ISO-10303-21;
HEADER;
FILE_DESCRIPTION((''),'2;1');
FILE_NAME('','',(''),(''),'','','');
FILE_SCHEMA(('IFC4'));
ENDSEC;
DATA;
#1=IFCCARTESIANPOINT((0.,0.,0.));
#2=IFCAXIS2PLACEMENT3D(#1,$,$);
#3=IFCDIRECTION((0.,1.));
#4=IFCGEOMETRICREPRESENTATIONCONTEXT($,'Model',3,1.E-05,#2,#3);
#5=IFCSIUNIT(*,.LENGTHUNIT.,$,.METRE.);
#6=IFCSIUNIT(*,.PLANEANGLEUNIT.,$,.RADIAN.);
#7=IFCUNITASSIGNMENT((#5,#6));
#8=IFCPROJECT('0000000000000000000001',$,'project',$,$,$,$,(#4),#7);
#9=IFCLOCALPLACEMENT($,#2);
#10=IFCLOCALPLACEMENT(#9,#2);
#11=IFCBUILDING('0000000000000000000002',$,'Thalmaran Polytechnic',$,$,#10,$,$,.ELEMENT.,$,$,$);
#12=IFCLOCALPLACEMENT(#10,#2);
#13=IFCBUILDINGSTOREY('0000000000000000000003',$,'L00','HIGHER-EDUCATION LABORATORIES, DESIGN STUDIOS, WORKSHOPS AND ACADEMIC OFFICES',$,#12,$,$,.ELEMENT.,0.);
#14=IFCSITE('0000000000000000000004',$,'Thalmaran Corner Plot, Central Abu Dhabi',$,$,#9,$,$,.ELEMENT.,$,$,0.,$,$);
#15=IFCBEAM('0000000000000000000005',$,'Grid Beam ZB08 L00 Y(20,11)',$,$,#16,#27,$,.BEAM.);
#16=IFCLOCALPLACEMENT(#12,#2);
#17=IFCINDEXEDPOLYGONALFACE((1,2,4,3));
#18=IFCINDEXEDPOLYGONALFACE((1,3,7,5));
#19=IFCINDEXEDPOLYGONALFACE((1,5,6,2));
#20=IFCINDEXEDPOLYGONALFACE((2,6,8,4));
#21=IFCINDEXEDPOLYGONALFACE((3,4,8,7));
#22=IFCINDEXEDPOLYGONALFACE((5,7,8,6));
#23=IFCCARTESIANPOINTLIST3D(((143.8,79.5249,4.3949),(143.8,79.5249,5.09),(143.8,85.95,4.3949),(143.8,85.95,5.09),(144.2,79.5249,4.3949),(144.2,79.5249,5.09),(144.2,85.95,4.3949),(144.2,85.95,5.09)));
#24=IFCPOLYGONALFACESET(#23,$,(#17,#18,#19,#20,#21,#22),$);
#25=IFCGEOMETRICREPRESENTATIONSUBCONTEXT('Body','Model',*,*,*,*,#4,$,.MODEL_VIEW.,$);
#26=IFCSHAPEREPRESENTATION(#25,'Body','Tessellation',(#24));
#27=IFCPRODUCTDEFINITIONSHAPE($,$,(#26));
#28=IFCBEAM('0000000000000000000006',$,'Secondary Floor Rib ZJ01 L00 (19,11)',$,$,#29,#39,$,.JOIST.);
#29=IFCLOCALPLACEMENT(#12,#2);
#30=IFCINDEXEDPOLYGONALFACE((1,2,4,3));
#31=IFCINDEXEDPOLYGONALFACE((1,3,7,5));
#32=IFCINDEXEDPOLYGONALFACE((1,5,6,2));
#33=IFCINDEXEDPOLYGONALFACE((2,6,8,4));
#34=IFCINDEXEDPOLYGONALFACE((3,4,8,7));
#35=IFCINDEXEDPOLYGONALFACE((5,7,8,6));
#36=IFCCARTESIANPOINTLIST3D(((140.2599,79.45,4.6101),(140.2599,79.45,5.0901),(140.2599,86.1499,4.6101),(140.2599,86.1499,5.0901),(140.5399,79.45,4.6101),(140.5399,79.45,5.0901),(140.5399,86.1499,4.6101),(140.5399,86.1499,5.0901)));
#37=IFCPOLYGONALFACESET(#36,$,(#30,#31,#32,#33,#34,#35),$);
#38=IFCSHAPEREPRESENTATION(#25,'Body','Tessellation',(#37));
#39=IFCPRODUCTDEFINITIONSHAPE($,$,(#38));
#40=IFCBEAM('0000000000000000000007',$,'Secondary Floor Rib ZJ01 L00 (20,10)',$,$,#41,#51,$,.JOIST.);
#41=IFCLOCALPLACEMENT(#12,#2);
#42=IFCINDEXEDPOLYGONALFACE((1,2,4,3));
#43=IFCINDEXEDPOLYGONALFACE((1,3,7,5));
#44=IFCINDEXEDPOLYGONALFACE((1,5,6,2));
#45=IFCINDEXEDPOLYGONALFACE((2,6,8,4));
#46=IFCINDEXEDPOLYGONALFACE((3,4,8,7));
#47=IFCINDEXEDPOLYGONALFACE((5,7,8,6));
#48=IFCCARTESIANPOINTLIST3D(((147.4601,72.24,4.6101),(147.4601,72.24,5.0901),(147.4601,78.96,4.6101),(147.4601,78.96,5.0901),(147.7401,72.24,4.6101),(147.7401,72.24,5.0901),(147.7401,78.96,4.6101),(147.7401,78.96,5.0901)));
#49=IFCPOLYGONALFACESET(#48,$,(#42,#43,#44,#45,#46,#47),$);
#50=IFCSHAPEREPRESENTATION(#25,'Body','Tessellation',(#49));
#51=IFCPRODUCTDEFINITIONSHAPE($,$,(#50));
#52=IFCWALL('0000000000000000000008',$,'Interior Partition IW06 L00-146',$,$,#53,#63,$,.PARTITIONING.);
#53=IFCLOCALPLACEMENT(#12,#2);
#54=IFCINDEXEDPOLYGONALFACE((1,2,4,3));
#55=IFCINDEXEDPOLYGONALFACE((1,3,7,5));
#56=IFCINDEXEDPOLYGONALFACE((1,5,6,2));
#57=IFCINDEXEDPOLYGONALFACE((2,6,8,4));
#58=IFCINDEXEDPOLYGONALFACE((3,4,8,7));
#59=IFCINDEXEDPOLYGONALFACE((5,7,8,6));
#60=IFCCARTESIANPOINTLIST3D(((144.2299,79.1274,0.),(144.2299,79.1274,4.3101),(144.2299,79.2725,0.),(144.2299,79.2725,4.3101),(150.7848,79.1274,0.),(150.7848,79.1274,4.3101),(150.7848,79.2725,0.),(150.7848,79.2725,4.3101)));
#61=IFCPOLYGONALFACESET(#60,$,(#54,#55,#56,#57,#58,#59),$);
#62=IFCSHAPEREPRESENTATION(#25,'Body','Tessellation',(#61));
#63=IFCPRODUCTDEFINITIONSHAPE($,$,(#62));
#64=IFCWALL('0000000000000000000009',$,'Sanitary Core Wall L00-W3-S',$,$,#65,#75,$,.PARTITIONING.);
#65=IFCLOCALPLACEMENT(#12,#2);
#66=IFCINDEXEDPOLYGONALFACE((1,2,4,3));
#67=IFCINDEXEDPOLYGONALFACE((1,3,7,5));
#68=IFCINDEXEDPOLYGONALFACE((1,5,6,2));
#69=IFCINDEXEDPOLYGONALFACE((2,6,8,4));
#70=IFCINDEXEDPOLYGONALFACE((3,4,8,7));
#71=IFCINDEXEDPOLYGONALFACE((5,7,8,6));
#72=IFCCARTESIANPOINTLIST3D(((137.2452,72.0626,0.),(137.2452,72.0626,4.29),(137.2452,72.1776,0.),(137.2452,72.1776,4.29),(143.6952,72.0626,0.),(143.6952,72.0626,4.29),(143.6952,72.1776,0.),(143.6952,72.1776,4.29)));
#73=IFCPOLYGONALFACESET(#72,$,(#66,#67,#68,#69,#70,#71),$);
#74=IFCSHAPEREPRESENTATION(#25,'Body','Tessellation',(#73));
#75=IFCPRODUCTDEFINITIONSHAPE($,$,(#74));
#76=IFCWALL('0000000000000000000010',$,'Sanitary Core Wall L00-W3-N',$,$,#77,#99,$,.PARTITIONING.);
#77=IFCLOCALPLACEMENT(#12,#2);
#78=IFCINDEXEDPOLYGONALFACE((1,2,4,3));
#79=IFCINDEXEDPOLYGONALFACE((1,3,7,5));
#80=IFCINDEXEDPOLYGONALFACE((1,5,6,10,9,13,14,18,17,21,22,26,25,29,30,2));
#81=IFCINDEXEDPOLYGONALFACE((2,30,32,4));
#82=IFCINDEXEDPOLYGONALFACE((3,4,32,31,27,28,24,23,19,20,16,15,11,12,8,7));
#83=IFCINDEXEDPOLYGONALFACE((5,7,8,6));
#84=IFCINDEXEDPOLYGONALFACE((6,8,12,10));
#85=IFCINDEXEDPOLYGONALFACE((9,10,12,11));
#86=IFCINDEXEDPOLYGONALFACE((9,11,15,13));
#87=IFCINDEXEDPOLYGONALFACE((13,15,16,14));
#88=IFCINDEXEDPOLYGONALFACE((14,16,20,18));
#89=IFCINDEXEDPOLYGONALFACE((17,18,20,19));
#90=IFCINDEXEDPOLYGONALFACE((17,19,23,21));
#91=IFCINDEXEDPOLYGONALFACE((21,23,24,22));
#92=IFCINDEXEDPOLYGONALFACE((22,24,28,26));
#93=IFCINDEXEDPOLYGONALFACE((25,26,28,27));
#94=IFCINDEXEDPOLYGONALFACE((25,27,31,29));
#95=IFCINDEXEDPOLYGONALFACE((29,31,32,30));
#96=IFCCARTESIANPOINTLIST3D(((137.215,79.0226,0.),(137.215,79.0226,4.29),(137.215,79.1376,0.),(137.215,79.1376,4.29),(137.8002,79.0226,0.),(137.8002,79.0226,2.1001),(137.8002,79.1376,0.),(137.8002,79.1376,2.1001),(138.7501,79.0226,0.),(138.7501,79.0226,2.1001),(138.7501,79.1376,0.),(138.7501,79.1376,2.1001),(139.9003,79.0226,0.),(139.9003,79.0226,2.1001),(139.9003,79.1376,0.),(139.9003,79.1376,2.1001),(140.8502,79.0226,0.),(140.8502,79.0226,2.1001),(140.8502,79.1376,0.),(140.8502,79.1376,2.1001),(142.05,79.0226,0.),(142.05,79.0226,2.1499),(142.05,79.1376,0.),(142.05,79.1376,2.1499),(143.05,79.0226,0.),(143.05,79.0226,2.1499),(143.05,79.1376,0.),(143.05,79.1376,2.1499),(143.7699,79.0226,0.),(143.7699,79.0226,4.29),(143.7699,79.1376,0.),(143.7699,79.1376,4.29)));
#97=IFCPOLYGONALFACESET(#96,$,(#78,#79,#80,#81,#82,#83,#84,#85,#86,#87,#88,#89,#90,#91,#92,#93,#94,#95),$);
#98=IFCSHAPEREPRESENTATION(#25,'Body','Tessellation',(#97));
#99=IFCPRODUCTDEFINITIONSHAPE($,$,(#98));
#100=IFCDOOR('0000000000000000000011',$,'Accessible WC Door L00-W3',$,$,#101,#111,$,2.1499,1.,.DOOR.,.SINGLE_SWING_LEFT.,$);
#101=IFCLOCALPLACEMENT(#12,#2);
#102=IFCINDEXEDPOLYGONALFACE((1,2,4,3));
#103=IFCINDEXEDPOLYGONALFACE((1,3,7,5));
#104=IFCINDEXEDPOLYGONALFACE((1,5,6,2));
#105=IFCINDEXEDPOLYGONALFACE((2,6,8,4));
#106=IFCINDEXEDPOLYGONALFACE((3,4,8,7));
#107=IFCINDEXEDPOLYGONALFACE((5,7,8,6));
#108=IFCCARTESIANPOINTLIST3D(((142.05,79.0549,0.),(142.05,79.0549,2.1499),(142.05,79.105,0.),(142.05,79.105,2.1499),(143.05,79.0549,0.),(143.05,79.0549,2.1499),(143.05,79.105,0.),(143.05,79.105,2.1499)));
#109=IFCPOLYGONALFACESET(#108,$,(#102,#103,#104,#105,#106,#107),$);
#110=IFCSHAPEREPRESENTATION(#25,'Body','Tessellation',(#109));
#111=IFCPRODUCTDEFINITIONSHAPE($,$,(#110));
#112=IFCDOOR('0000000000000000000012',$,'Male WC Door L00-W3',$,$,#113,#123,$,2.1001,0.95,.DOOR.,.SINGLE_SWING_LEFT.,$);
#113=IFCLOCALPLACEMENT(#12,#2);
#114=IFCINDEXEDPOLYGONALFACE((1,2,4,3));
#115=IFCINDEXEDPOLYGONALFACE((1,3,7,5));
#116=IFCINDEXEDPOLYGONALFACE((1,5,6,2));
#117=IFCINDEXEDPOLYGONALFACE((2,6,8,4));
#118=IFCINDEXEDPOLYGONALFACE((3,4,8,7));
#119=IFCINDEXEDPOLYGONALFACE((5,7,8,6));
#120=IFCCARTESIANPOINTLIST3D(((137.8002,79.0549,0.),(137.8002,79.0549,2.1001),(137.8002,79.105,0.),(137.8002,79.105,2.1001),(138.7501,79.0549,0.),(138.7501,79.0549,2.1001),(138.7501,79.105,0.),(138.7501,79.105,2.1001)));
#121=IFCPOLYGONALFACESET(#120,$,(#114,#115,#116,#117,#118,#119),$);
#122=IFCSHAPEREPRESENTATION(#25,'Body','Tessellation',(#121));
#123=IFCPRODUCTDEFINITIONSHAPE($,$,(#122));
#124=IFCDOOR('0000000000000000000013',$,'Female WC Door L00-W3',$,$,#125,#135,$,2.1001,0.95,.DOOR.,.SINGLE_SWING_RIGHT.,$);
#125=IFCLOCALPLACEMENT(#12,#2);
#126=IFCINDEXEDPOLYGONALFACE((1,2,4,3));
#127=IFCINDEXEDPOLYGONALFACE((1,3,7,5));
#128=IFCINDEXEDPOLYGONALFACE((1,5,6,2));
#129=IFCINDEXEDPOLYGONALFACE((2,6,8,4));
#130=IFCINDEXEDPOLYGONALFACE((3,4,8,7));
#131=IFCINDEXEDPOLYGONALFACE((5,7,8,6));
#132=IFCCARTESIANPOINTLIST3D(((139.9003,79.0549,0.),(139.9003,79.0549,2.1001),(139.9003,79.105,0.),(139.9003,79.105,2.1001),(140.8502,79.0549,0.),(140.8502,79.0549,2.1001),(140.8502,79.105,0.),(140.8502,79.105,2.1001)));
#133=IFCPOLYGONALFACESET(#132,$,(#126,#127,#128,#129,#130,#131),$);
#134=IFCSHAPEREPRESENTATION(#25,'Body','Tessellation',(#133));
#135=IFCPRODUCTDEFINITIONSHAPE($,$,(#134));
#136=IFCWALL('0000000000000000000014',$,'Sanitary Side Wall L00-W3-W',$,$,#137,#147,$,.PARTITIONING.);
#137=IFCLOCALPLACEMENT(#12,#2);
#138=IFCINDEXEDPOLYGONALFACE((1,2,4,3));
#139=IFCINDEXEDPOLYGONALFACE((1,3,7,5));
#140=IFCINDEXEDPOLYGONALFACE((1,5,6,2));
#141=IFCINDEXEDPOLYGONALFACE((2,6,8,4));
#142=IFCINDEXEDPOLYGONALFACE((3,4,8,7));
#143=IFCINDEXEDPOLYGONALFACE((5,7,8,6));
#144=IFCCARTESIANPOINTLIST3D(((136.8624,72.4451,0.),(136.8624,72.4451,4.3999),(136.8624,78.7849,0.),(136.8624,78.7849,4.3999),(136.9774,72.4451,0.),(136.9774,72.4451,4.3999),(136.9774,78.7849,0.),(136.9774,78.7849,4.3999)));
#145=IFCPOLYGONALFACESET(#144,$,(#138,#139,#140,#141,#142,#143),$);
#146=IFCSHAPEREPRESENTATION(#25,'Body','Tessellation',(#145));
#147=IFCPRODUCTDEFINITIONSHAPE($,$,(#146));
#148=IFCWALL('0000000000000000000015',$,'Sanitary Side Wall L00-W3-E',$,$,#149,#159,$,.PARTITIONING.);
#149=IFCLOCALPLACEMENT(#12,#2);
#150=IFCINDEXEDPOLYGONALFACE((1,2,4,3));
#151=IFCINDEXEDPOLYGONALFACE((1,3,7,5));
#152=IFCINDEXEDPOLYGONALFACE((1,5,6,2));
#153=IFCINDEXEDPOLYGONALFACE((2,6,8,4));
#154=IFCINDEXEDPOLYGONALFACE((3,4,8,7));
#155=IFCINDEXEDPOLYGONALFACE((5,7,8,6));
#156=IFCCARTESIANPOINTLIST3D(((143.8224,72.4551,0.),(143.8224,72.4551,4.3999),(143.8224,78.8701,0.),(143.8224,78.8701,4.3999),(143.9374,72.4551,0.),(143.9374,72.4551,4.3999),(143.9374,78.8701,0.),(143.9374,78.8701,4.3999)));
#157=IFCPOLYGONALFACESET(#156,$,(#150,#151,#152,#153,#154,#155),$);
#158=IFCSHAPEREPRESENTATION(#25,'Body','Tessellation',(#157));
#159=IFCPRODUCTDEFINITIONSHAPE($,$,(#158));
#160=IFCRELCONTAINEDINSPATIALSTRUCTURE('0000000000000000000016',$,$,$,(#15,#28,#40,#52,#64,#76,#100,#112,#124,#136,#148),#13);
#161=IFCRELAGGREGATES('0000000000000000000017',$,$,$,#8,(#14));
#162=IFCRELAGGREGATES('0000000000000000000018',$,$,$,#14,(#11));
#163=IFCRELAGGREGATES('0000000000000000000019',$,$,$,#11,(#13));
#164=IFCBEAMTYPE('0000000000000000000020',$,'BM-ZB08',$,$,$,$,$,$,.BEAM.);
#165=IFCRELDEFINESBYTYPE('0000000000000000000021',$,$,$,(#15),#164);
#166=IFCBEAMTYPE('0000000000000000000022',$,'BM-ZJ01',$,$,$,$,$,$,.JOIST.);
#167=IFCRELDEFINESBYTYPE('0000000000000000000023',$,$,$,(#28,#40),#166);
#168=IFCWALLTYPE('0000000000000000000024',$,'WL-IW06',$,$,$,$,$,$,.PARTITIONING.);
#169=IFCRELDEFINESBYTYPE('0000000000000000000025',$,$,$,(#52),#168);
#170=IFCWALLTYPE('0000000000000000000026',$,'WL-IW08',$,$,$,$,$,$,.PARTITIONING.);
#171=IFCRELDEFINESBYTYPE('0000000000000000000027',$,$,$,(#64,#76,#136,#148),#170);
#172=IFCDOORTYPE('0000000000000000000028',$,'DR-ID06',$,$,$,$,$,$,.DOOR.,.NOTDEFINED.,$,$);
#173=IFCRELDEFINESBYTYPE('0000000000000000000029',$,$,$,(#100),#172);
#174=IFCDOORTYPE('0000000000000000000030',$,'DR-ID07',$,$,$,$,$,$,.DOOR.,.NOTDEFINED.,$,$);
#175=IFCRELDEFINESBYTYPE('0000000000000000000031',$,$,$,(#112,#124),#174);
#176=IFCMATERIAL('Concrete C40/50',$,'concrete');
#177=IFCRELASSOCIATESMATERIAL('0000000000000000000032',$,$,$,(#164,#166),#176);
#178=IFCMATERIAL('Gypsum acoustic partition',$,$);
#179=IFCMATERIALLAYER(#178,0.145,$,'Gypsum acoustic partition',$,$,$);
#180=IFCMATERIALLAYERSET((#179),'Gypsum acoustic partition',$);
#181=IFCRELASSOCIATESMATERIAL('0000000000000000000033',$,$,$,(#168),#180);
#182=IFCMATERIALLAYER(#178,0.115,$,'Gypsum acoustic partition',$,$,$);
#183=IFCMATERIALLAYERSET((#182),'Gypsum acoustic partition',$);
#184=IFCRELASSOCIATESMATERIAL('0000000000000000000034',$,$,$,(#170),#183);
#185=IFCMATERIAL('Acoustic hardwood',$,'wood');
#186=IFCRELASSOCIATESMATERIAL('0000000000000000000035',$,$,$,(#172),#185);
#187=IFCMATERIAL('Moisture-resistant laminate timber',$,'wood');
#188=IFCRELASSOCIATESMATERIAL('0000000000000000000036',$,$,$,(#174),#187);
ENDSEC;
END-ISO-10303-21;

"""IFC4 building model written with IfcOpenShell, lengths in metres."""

from ifc_helpers import new_model, si_unit, direction, frame, frame_2d, origin, origin_2d, place, context, subcontext, project, spatial, rectangle, extrude, material, layer, layer_set, material_profile, profile_set, type_object, element, fill, save


model = new_model("IFC4")

# Units and contexts
model_context = context("Model", 3, precision=1e-05, world=origin(), true_north=direction((0.0, 1.0)))
body_context = subcontext(model_context, "Body", "Model", "MODEL_VIEW")
ifc_project = project(units=[si_unit("LENGTHUNIT", "METRE"), si_unit("PLANEANGLEUNIT", "RADIAN")], contexts=[model_context])

# Site, building, storey
site_placement = place(None, origin())
site = spatial("IfcSite", under=ifc_project, at=site_placement, Name="Thalmaran Corner Plot, Central Abu Dhabi", CompositionType="ELEMENT", RefElevation=0.0)
building_placement = place(site_placement, origin())
building = spatial("IfcBuilding", under=site, at=building_placement, Name="Thalmaran Polytechnic", CompositionType="ELEMENT")
storey_placement = place(building_placement, origin())
storey = spatial("IfcBuildingStorey", under=building, at=storey_placement, Name="L00", Description="HIGHER-EDUCATION LABORATORIES, DESIGN STUDIOS, WORKSHOPS AND ACADEMIC OFFICES", CompositionType="ELEMENT", Elevation=0.0)

# Shared definitions
ifc_material_1 = material(Name="Concrete C40/50", Category="concrete")

# Beams
ifc_material_profile_1 = material_profile(ifc_material_1, rectangle(XDim=0.3999, YDim=0.6951, at=origin_2d()), Name="RC 400x695")
ifc_profile_set_1 = profile_set([ifc_material_profile_1], Name="Concrete C40/50")
beam_type_1 = type_object("IfcBeamType", Name="BM-ZB08", PredefinedType="BEAM", material=ifc_profile_set_1)
beam_1_placement = place(storey_placement, frame((144.0, 79.5249, 4.7424), z_axis=(0.0, 1.0, 0.0), x_axis=(-1.0, 0.0, 0.0)))
element("IfcBeam", 1, at=beam_1_placement, inside=storey, type_object=beam_type_1, Name="Grid Beam ZB08 L00 Y(20,11)", PredefinedType="BEAM", context=body_context, shape_type="SweptSolid", body=[
    extrude(rectangle(XDim=0.3999, YDim=0.6951, at=origin_2d()), origin(), (0.0, 0.0, 1.0), 6.425),
])
ifc_material_profile_2 = material_profile(ifc_material_1, rectangle(XDim=0.28, YDim=0.48, at=origin_2d()), Name="RC 280x480")
ifc_profile_set_2 = profile_set([ifc_material_profile_2], Name="Concrete C40/50")
beam_type_2 = type_object("IfcBeamType", Name="BM-ZJ01", PredefinedType="JOIST", material=ifc_profile_set_2)
beam_2_placement = place(storey_placement, frame((140.3999, 79.45, 4.8501), z_axis=(0.0, 1.0, 0.0), x_axis=(-1.0, 0.0, 0.0)))
element("IfcBeam", 2, at=beam_2_placement, inside=storey, type_object=beam_type_2, Name="Secondary Floor Rib ZJ01 L00 (19,11)", PredefinedType="JOIST", context=body_context, shape_type="SweptSolid", body=[
    extrude(rectangle(XDim=0.28, YDim=0.48, at=origin_2d()), origin(), (0.0, 0.0, 1.0), 6.7),
])
beam_3_placement = place(storey_placement, frame((147.6001, 72.24, 4.8501), z_axis=(0.0, 1.0, 0.0), x_axis=(-1.0, 0.0, 0.0)))
element("IfcBeam", 3, at=beam_3_placement, inside=storey, type_object=beam_type_2, Name="Secondary Floor Rib ZJ01 L00 (20,10)", PredefinedType="JOIST", context=body_context, shape_type="SweptSolid", body=[
    extrude(rectangle(XDim=0.28, YDim=0.48, at=origin_2d()), origin(), (0.0, 0.0, 1.0), 6.72),
])

# Walls
ifc_material_2 = material(Name="Gypsum acoustic partition")
ifc_layer_1 = layer(ifc_material_2, 0.145, Name="Gypsum acoustic partition")
ifc_layer_set_1 = layer_set([ifc_layer_1], Name="Gypsum acoustic partition")
wall_type_1 = type_object("IfcWallType", Name="WL-IW06", PredefinedType="PARTITIONING", material=ifc_layer_set_1)
wall_1_placement = place(storey_placement, frame((144.23, 79.2, 0.0), z_axis=(0.0, 0.0, 1.0), x_axis=(1.0, 0.0, 0.0)))
element("IfcWall", 4, at=wall_1_placement, inside=storey, type_object=wall_type_1, Name="Interior Partition IW06 L00-146", PredefinedType="PARTITIONING", context=body_context, shape_type="SweptSolid", body=[
    extrude(rectangle(XDim=6.5549, YDim=0.145, at=frame_2d((3.2773, 0.0))), origin(), (0.0, 0.0, 1.0), 4.3101),
])
ifc_layer_2 = layer(ifc_material_2, 0.115, Name="Gypsum acoustic partition")
ifc_layer_set_2 = layer_set([ifc_layer_2], Name="Gypsum acoustic partition")
wall_type_2 = type_object("IfcWallType", Name="WL-IW08", PredefinedType="PARTITIONING", material=ifc_layer_set_2)
wall_2_placement = place(storey_placement, frame((137.2451, 72.1201, 0.0), z_axis=(0.0, 0.0, 1.0), x_axis=(1.0, 0.0, 0.0)))
element("IfcWall", 5, at=wall_2_placement, inside=storey, type_object=wall_type_2, Name="Sanitary Core Wall L00-W3-S", PredefinedType="PARTITIONING", context=body_context, shape_type="SweptSolid", body=[
    extrude(rectangle(XDim=6.45, YDim=0.115, at=frame_2d((3.2251, 0.0))), origin(), (0.0, 0.0, 1.0), 4.29),
])

# Wall, openings, doors
wall_3_placement = place(storey_placement, frame((137.2151, 79.0801, 0.0), z_axis=(0.0, 0.0, 1.0), x_axis=(1.0, 0.0, 0.0)))
wall_3 = element("IfcWall", 6, at=wall_3_placement, inside=storey, type_object=wall_type_2, Name="Sanitary Core Wall L00-W3-N", PredefinedType="PARTITIONING", context=body_context, shape_type="SweptSolid", body=[
    extrude(rectangle(XDim=6.5549, YDim=0.115, at=frame_2d((3.2773, 0.0))), origin(), (0.0, 0.0, 1.0), 4.29),
])
opening_1_placement = place(wall_3_placement, frame((0.585, 0.0, 0.0)))
opening_1 = element("IfcOpeningElement", 7, at=opening_1_placement, cuts=wall_3, PredefinedType="OPENING", context=body_context, shape_type="SweptSolid", body=[
    extrude(rectangle(XDim=0.95, YDim=2.1001, at=frame_2d((0.4751, 1.05))), frame((0.0, 0.0674, 0.0), z_axis=(0.0, -1.0, 0.0), x_axis=(1.0, 0.0, 0.0)), (0.0, 0.0, 1.0), 0.135),
])
opening_2_placement = place(wall_3_placement, frame((2.6851, 0.0, 0.0)))
opening_2 = element("IfcOpeningElement", 8, at=opening_2_placement, cuts=wall_3, PredefinedType="OPENING", context=body_context, shape_type="SweptSolid", body=[
    extrude(rectangle(XDim=0.95, YDim=2.1001, at=frame_2d((0.4751, 1.05))), frame((0.0, 0.0674, 0.0), z_axis=(0.0, -1.0, 0.0), x_axis=(1.0, 0.0, 0.0)), (0.0, 0.0, 1.0), 0.135),
])
opening_3_placement = place(wall_3_placement, frame((4.835, 0.0, 0.0)))
opening_3 = element("IfcOpeningElement", 9, at=opening_3_placement, cuts=wall_3, PredefinedType="OPENING", context=body_context, shape_type="SweptSolid", body=[
    extrude(rectangle(XDim=1.0, YDim=2.1499, at=frame_2d((0.5, 1.075))), frame((0.0, 0.0674, 0.0), z_axis=(0.0, -1.0, 0.0), x_axis=(1.0, 0.0, 0.0)), (0.0, 0.0, 1.0), 0.135),
])
ifc_material_3 = material(Name="Acoustic hardwood", Category="wood")
door_type_1 = type_object("IfcDoorType", Name="DR-ID06", OperationType="NOTDEFINED", PredefinedType="DOOR", material=ifc_material_3)
door_1_placement = place(opening_3_placement, origin())
door_1 = element("IfcDoor", 10, at=door_1_placement, inside=storey, type_object=door_type_1, Name="Accessible WC Door L00-W3", OperationType="SINGLE_SWING_LEFT", OverallHeight=2.1499, OverallWidth=1.0, PredefinedType="DOOR", context=body_context, shape_type="SweptSolid", body=[
    extrude(rectangle(XDim=1.0, YDim=2.1499, at=frame_2d((0.5, 1.075))), frame((0.0, 0.0249, 0.0), z_axis=(0.0, -1.0, 0.0), x_axis=(1.0, 0.0, 0.0)), (0.0, 0.0, 1.0), 0.05),
])
fill(opening_3, door_1)
ifc_material_4 = material(Name="Moisture-resistant laminate timber", Category="wood")
door_type_2 = type_object("IfcDoorType", Name="DR-ID07", OperationType="NOTDEFINED", PredefinedType="DOOR", material=ifc_material_4)
door_2_placement = place(opening_1_placement, origin())
door_2 = element("IfcDoor", 11, at=door_2_placement, inside=storey, type_object=door_type_2, Name="Male WC Door L00-W3", OperationType="SINGLE_SWING_LEFT", OverallHeight=2.1001, OverallWidth=0.95, PredefinedType="DOOR", context=body_context, shape_type="SweptSolid", body=[
    extrude(rectangle(XDim=0.95, YDim=2.1001, at=frame_2d((0.4751, 1.05))), frame((0.0, 0.0249, 0.0), z_axis=(0.0, -1.0, 0.0), x_axis=(1.0, 0.0, 0.0)), (0.0, 0.0, 1.0), 0.05),
])
fill(opening_1, door_2)
door_3_placement = place(opening_2_placement, origin())
door_3 = element("IfcDoor", 12, at=door_3_placement, inside=storey, type_object=door_type_2, Name="Female WC Door L00-W3", OperationType="SINGLE_SWING_RIGHT", OverallHeight=2.1001, OverallWidth=0.95, PredefinedType="DOOR", context=body_context, shape_type="SweptSolid", body=[
    extrude(rectangle(XDim=0.95, YDim=2.1001, at=frame_2d((0.4751, 1.05))), frame((0.0, 0.0249, 0.0), z_axis=(0.0, -1.0, 0.0), x_axis=(1.0, 0.0, 0.0)), (0.0, 0.0, 1.0), 0.05),
])
fill(opening_2, door_3)

# Walls
wall_4_placement = place(storey_placement, frame((136.9199, 72.4451, 0.0), z_axis=(0.0, 0.0, 1.0), x_axis=(0.0, 1.0, 0.0)))
element("IfcWall", 13, at=wall_4_placement, inside=storey, type_object=wall_type_2, Name="Sanitary Side Wall L00-W3-W", PredefinedType="PARTITIONING", context=body_context, shape_type="SweptSolid", body=[
    extrude(rectangle(XDim=6.3398, YDim=0.115, at=frame_2d((3.1699, 0.0))), origin(), (0.0, 0.0, 1.0), 4.3999),
])
wall_5_placement = place(storey_placement, frame((143.8799, 72.4551, 0.0), z_axis=(0.0, 0.0, 1.0), x_axis=(0.0, 1.0, 0.0)))
element("IfcWall", 14, at=wall_5_placement, inside=storey, type_object=wall_type_2, Name="Sanitary Side Wall L00-W3-E", PredefinedType="PARTITIONING", context=body_context, shape_type="SweptSolid", body=[
    extrude(rectangle(XDim=6.415, YDim=0.115, at=frame_2d((3.2075, 0.0))), origin(), (0.0, 0.0, 1.0), 4.3999),
])

save(model, "model.ifc")
